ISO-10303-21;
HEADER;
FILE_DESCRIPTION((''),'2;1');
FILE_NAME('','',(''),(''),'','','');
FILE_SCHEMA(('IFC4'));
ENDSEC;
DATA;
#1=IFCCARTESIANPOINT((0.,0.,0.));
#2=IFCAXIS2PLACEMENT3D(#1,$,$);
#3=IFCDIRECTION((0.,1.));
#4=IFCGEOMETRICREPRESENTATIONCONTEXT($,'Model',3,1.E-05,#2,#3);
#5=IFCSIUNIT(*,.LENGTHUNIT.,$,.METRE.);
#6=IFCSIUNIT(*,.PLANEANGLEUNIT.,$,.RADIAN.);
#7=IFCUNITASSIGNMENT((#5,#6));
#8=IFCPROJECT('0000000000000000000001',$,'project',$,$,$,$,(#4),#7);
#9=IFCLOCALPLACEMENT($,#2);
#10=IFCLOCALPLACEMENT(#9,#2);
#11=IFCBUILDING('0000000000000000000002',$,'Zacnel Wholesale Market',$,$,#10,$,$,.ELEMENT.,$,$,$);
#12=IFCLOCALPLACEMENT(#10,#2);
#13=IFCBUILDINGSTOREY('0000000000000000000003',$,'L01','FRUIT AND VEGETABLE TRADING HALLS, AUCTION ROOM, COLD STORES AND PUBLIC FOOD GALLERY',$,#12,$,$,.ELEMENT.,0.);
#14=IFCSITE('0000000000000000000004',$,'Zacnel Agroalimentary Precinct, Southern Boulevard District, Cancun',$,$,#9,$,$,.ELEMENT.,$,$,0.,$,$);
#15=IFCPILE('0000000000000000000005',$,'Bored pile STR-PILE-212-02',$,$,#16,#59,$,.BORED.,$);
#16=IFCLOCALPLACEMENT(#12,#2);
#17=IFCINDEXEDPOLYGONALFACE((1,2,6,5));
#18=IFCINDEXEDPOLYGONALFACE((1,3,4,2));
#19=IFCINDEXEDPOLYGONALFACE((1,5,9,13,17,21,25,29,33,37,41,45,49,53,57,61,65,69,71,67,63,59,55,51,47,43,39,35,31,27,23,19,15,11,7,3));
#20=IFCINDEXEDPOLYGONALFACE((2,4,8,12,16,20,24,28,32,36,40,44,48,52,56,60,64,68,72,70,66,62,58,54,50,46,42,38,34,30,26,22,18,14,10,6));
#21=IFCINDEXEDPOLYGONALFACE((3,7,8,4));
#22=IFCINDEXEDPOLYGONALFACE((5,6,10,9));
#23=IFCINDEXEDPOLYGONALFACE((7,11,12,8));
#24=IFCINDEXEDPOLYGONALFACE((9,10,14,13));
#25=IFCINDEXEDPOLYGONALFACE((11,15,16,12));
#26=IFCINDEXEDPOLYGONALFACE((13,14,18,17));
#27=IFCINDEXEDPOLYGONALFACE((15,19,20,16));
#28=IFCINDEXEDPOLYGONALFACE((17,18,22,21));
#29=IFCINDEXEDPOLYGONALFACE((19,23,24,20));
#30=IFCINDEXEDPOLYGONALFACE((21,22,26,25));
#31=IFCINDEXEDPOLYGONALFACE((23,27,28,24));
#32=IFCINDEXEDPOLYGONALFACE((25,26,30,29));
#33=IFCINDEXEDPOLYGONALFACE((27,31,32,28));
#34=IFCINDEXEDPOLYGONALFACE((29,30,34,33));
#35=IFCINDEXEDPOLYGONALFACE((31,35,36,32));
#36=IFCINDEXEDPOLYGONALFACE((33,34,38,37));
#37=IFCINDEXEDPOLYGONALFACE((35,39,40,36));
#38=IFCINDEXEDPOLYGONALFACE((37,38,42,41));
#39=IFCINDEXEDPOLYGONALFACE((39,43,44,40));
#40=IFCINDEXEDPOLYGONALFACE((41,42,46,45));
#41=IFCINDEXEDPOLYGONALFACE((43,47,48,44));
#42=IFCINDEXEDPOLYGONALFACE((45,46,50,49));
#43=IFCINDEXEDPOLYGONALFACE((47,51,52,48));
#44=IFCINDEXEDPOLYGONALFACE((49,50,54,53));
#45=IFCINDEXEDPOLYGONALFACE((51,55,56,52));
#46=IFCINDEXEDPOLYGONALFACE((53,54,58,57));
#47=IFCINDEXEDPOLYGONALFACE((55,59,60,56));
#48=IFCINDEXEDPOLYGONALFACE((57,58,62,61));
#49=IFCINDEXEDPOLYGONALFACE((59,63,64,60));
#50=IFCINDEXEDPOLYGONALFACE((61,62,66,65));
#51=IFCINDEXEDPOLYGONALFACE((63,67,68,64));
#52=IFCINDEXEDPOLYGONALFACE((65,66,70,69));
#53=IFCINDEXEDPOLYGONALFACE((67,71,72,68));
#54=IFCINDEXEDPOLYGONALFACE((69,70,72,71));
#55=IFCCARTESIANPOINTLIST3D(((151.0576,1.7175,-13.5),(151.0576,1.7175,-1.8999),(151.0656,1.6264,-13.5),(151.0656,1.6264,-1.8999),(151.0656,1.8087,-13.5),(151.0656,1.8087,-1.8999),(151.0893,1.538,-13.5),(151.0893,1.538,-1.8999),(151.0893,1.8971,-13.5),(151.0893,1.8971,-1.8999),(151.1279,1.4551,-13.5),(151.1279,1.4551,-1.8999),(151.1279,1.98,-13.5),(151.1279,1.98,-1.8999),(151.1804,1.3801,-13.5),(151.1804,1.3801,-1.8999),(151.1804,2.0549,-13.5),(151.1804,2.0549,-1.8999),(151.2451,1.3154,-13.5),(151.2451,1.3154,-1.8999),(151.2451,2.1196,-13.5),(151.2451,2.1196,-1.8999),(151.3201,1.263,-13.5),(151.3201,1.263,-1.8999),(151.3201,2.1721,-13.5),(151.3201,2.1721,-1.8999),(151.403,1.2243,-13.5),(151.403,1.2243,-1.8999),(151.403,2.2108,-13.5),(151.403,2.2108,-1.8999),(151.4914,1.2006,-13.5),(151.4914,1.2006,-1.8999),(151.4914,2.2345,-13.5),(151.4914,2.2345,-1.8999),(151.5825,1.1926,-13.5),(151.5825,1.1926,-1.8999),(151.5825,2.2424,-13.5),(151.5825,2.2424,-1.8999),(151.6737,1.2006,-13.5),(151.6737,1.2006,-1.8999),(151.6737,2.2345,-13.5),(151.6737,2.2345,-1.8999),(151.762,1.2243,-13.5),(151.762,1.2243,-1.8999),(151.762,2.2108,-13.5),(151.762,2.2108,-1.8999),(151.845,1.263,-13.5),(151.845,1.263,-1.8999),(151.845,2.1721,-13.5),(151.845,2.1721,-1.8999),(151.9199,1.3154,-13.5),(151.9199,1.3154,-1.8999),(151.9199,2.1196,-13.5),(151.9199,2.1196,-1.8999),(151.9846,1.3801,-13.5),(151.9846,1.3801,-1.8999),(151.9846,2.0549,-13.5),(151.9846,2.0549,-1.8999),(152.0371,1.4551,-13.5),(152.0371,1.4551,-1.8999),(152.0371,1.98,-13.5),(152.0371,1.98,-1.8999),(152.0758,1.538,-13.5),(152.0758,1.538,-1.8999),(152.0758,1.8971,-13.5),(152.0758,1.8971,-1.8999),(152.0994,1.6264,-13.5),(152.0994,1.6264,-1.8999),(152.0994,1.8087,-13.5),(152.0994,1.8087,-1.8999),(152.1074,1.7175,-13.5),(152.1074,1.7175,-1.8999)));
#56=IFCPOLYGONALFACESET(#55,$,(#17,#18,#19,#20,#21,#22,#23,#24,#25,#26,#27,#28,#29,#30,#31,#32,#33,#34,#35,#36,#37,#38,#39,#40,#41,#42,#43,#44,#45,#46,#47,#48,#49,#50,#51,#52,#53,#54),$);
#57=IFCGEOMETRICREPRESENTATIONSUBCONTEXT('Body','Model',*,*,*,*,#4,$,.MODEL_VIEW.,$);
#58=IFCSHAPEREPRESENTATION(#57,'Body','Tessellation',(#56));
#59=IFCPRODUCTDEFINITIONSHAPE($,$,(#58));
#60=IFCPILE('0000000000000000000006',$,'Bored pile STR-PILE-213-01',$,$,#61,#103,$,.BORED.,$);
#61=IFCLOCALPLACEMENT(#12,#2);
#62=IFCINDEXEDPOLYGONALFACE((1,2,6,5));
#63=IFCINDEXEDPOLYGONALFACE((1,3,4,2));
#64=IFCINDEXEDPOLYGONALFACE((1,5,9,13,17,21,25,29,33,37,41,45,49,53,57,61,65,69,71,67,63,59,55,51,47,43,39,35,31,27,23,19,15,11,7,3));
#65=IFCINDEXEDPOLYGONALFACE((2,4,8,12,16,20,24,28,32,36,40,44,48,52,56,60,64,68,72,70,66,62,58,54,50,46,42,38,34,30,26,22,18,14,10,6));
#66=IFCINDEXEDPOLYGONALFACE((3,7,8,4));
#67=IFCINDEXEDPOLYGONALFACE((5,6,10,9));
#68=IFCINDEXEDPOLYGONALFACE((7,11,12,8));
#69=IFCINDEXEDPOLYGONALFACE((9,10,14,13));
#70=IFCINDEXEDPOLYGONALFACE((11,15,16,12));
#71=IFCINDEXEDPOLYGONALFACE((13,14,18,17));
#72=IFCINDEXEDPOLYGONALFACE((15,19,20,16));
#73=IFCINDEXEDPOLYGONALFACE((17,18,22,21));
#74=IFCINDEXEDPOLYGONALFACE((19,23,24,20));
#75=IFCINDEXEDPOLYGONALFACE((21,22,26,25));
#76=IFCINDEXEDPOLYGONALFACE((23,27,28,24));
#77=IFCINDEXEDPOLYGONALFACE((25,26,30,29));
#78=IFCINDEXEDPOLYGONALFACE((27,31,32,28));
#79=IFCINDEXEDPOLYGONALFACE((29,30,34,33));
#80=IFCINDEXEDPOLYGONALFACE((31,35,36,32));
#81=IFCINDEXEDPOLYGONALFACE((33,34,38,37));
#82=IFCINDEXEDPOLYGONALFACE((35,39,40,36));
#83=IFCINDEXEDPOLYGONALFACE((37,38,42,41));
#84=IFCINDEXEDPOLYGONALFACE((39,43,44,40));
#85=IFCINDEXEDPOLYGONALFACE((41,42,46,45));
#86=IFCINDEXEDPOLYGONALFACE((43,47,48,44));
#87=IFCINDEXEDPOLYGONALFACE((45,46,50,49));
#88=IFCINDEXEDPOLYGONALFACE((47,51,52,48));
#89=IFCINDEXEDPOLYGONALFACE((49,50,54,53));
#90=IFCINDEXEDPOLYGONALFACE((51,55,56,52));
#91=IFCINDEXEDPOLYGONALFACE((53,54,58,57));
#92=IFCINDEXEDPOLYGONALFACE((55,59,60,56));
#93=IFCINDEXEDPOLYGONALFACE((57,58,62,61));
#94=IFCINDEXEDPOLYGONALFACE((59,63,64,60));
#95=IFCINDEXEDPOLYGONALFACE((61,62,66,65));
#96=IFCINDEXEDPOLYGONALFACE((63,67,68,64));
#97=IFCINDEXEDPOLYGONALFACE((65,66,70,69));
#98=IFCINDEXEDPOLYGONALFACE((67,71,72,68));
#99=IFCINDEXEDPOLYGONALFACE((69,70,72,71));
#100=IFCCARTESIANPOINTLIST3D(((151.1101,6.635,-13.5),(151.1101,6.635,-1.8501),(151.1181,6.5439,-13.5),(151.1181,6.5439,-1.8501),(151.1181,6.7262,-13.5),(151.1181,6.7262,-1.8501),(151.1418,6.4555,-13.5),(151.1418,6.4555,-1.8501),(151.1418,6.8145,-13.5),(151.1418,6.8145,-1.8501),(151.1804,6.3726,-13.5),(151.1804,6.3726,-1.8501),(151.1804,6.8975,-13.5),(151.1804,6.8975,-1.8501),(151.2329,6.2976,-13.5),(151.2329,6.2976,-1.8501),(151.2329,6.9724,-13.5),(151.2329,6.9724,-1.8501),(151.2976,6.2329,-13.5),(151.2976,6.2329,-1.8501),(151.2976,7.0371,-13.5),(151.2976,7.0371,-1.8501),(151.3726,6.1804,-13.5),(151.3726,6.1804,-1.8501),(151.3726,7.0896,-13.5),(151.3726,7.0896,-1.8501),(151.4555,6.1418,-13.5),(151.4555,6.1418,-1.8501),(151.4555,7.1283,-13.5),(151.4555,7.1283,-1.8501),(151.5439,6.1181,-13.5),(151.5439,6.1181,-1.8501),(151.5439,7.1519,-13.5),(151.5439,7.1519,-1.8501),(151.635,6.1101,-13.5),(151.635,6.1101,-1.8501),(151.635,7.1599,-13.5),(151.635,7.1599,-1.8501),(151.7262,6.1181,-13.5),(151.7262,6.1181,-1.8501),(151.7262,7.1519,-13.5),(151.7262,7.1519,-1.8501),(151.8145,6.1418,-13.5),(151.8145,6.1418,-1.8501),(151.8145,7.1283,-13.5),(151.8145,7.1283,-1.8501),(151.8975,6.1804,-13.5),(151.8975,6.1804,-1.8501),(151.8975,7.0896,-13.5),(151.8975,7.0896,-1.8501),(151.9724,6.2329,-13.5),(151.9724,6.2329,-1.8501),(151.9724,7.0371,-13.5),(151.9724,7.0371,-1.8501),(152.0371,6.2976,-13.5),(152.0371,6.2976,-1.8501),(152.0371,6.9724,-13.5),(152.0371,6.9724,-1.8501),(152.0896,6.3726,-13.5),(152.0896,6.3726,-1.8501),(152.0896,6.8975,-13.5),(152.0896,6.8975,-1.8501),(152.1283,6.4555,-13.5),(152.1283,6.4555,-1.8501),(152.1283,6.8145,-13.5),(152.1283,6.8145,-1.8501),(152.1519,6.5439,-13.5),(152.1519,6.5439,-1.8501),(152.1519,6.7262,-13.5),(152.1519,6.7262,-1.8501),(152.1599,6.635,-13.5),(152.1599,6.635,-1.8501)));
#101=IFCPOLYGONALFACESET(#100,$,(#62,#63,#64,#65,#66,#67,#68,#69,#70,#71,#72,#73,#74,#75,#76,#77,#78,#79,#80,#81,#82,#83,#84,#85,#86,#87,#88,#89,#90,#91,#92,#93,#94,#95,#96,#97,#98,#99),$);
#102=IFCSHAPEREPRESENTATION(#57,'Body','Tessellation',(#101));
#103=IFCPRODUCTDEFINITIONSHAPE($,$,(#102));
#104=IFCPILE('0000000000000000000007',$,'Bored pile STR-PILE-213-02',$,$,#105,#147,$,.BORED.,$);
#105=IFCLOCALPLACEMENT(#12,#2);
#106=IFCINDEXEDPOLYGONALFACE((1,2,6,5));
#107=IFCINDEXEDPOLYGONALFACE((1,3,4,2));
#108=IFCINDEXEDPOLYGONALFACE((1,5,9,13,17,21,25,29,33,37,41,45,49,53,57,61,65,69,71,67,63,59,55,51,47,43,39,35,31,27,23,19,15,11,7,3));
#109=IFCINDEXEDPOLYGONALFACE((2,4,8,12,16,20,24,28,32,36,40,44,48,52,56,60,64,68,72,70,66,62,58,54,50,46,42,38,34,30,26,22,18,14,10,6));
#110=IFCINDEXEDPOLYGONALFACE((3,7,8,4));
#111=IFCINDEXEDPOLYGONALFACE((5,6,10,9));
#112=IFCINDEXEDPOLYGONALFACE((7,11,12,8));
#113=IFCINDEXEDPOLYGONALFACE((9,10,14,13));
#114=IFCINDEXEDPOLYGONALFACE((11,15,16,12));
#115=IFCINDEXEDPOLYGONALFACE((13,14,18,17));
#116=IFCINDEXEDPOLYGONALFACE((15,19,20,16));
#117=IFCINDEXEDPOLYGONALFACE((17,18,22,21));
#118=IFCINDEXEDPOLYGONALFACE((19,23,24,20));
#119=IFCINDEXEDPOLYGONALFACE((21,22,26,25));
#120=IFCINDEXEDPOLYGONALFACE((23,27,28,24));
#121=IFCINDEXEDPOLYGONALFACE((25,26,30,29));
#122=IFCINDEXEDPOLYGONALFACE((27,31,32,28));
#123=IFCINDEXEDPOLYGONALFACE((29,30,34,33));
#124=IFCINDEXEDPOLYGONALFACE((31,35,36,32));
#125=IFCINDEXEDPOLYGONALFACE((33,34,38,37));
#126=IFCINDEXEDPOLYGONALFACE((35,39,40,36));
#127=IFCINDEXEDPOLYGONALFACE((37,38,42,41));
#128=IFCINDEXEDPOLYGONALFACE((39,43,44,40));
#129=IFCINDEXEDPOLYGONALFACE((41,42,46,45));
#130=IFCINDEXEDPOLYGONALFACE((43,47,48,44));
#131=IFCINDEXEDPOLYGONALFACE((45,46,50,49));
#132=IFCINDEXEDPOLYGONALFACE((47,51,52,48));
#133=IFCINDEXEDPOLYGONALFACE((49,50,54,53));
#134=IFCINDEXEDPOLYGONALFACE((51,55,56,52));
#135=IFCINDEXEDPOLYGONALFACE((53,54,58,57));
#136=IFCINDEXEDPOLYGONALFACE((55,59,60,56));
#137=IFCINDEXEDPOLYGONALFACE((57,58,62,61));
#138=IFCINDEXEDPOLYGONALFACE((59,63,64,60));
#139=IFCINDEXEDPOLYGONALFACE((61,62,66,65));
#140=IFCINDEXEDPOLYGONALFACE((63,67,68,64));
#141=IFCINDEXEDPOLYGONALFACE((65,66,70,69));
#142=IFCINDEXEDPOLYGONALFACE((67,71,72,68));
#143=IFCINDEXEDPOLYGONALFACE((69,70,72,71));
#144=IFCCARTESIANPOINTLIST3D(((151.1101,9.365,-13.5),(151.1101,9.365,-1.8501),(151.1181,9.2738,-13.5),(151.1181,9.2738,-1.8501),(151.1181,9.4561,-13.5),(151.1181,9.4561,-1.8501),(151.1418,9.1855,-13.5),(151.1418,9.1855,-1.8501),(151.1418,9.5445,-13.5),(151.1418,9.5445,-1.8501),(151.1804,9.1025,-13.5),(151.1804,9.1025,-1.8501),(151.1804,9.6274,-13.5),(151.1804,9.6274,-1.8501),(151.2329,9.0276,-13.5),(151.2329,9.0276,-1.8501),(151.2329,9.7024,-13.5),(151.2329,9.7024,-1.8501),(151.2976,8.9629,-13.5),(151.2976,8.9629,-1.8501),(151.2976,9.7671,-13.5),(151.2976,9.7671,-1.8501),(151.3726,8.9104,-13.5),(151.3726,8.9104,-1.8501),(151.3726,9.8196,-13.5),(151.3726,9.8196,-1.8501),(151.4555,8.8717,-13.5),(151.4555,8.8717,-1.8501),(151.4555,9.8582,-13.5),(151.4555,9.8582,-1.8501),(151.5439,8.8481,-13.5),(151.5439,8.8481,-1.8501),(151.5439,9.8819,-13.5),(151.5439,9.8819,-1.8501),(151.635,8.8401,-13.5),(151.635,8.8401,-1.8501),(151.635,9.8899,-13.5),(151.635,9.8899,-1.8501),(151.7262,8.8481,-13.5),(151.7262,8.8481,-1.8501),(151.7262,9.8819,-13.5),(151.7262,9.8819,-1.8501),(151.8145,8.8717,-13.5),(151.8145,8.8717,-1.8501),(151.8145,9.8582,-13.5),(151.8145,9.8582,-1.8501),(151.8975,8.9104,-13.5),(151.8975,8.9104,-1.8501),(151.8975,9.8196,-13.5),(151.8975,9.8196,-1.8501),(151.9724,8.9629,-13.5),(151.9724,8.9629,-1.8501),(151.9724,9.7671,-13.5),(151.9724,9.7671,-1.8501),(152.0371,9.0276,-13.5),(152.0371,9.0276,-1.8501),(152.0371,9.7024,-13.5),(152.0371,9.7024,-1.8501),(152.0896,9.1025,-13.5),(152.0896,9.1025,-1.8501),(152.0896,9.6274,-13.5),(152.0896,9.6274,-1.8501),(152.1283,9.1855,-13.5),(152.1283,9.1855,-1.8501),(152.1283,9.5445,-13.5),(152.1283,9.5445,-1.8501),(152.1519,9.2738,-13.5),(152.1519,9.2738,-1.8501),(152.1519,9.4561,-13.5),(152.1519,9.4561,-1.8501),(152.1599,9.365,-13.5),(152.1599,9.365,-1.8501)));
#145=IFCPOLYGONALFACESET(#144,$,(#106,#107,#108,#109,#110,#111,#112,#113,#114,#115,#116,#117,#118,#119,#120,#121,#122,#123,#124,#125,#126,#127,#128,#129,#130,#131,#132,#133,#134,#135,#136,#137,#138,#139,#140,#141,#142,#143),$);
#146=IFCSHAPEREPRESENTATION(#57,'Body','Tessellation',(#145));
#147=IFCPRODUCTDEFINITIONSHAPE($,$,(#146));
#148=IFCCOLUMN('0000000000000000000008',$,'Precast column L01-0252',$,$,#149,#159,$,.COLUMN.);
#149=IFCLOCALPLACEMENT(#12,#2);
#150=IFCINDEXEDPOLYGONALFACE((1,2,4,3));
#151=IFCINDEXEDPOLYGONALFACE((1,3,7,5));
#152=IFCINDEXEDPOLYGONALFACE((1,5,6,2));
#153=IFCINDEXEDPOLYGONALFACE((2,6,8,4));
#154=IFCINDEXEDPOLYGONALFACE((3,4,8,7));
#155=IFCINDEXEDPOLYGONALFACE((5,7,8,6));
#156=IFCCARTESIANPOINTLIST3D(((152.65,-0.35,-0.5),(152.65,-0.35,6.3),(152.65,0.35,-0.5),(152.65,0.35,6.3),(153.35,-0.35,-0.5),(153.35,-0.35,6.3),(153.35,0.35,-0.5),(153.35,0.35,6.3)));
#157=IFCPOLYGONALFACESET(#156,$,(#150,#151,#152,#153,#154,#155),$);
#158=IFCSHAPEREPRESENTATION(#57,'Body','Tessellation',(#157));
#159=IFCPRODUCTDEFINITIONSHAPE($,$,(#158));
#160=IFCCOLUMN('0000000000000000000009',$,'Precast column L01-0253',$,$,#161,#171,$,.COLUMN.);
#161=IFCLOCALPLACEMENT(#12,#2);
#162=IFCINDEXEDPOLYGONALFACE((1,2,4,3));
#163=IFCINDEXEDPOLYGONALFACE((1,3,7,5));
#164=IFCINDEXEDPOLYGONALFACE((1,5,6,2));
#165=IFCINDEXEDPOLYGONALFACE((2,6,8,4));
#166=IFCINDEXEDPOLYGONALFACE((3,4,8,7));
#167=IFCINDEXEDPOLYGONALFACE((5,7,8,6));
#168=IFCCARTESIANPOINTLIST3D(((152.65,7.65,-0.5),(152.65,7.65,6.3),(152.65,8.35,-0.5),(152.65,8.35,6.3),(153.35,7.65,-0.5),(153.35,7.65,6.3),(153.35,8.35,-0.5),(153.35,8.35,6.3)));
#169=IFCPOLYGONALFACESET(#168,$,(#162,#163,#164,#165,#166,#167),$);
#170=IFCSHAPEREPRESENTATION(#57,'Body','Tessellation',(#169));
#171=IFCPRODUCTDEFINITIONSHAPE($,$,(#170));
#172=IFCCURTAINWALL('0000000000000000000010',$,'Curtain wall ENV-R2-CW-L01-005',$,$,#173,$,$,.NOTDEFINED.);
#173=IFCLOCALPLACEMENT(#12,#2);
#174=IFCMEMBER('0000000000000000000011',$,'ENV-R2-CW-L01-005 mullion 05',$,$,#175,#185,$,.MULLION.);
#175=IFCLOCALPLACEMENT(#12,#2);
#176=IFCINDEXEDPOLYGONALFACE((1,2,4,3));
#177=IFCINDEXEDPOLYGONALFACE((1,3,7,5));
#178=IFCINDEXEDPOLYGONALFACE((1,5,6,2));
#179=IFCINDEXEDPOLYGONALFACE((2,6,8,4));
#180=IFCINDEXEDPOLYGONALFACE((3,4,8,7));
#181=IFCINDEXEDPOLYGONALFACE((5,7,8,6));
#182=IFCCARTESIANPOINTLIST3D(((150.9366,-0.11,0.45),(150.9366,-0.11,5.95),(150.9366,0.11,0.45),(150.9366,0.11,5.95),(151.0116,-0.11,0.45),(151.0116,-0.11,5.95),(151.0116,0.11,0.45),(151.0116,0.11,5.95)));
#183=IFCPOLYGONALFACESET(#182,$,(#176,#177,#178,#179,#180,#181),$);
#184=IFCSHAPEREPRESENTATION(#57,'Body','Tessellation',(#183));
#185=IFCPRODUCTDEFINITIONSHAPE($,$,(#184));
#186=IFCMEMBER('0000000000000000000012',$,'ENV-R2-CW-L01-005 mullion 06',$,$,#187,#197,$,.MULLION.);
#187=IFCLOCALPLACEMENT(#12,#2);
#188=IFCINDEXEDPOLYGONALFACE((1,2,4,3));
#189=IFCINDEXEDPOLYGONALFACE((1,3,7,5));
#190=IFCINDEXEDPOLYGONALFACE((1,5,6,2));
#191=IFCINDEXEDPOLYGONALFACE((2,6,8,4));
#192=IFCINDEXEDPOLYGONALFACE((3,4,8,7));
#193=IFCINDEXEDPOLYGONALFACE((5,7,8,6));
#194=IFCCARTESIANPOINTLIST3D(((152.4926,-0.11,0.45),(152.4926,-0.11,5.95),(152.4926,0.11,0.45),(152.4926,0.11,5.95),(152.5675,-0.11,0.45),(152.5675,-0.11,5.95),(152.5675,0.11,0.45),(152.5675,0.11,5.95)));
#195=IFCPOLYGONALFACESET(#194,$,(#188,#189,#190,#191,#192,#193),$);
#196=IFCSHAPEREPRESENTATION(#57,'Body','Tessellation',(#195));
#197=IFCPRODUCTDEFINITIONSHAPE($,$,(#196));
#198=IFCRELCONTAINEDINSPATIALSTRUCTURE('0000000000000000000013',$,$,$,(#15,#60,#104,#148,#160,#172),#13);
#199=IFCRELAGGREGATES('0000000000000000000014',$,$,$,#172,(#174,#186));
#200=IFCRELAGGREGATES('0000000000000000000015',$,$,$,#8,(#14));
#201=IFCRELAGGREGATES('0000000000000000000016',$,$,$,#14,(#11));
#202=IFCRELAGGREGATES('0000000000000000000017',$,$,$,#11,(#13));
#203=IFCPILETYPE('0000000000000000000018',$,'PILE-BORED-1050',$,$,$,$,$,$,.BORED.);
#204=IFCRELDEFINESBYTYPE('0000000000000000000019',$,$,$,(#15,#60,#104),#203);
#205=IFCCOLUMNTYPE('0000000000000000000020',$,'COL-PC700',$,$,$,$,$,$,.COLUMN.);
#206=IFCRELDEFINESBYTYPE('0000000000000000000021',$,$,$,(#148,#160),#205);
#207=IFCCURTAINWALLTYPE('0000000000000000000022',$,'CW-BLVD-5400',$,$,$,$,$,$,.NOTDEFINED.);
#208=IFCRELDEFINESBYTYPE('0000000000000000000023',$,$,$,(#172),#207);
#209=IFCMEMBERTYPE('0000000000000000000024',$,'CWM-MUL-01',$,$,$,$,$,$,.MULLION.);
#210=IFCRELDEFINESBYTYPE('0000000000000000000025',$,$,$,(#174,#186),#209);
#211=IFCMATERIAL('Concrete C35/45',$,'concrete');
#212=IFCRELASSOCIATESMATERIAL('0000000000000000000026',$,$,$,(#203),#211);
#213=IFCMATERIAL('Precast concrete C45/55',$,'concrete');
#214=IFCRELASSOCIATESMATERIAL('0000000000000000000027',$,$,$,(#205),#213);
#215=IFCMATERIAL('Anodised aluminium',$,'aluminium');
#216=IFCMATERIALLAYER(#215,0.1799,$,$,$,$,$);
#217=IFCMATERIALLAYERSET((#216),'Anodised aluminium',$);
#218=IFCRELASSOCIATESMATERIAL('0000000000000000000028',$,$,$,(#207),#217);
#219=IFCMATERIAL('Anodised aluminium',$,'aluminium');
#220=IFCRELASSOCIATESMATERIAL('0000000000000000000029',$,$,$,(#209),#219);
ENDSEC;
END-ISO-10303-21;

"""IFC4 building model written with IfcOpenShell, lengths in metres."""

from ifc_helpers import new_model, si_unit, direction, frame, origin, origin_2d, place, context, subcontext, project, spatial, rectangle, circle, extrude, material, layer, layer_set, material_profile, profile_set, type_object, element, aggregate, save


model = new_model("IFC4")

# Units and contexts
model_context = context("Model", 3, precision=1e-05, world=origin(), true_north=direction((0.0, 1.0)))
body_context = subcontext(model_context, "Body", "Model", "MODEL_VIEW")
ifc_project = project(units=[si_unit("LENGTHUNIT", "METRE"), si_unit("PLANEANGLEUNIT", "RADIAN")], contexts=[model_context])

# Site, building, storey
site_placement = place(None, origin())
site = spatial("IfcSite", under=ifc_project, at=site_placement, Name="Zacnel Agroalimentary Precinct, Southern Boulevard District, Cancun", CompositionType="ELEMENT", RefElevation=0.0)
building_placement = place(site_placement, origin())
building = spatial("IfcBuilding", under=site, at=building_placement, Name="Zacnel Wholesale Market", CompositionType="ELEMENT")
storey_placement = place(building_placement, origin())
storey = spatial("IfcBuildingStorey", under=building, at=storey_placement, Name="L01", Description="FRUIT AND VEGETABLE TRADING HALLS, AUCTION ROOM, COLD STORES AND PUBLIC FOOD GALLERY", CompositionType="ELEMENT", Elevation=0.0)

# Piles
ifc_material_1 = material(Name="Concrete C35/45", Category="concrete")
ifc_material_profile_1 = material_profile(ifc_material_1, circle(Radius=0.5249, at=origin_2d()), Name="BORED PILE D1050")
ifc_profile_set_1 = profile_set([ifc_material_profile_1], Name="Concrete C35/45")
pile_type = type_object("IfcPileType", Name="PILE-BORED-1050", PredefinedType="BORED", material=ifc_profile_set_1)
for number, where, z_axis, x_axis, name in (
    (1, (151.5825, 1.7175, -1.8999), (0.0, 0.0, -1.0), (1.0, 0.0, 0.0), "Bored pile STR-PILE-212-02"),
):
    element("IfcPile", number, at=place(storey_placement, frame(where, z_axis=z_axis, x_axis=x_axis)), inside=storey, type_object=pile_type, Name=name, PredefinedType="BORED", context=body_context, shape_type="SweptSolid", body=[
        extrude(circle(Radius=0.5249, at=origin_2d()), origin(), (0.0, 0.0, 1.0), 11.6001),
    ])
for number, where, z_axis, x_axis, name in (
    (2, (151.635, 6.635, -1.8501), (0.0, 0.0, -1.0), (1.0, 0.0, 0.0), "Bored pile STR-PILE-213-01"),
    (3, (151.635, 9.365, -1.8501), (0.0, 0.0, -1.0), (1.0, 0.0, 0.0), "Bored pile STR-PILE-213-02"),
):
    element("IfcPile", number, at=place(storey_placement, frame(where, z_axis=z_axis, x_axis=x_axis)), inside=storey, type_object=pile_type, Name=name, PredefinedType="BORED", context=body_context, shape_type="SweptSolid", body=[
        extrude(circle(Radius=0.5249, at=origin_2d()), origin(), (0.0, 0.0, 1.0), 11.6499),
    ])

# Columns
ifc_material_2 = material(Name="Precast concrete C45/55", Category="concrete")
ifc_material_profile_2 = material_profile(ifc_material_2, rectangle(XDim=0.7, YDim=0.7, at=origin_2d()), Name="PC 700x700")
ifc_profile_set_2 = profile_set([ifc_material_profile_2], Name="Precast concrete C45/55")
column_type = type_object("IfcColumnType", Name="COL-PC700", PredefinedType="COLUMN", material=ifc_profile_set_2)
for number, where, z_axis, x_axis, name in (
    (4, (153.0, 0.0, -0.5), (0.0, 0.0, 1.0), (1.0, 0.0, 0.0), "Precast column L01-0252"),
    (5, (153.0, 8.0, -0.5), (0.0, 0.0, 1.0), (1.0, 0.0, 0.0), "Precast column L01-0253"),
):
    element("IfcColumn", number, at=place(storey_placement, frame(where, z_axis=z_axis, x_axis=x_axis)), inside=storey, type_object=column_type, Name=name, PredefinedType="COLUMN", context=body_context, shape_type="SweptSolid", body=[
        extrude(rectangle(XDim=0.7, YDim=0.7, at=origin_2d()), origin(), (0.0, 0.0, 1.0), 6.8),
    ])

# Curtain wall, members
ifc_material_3 = material(Name="Anodised aluminium", Category="aluminium")
ifc_layer_1 = layer(ifc_material_3, 0.1799)
ifc_layer_set_1 = layer_set([ifc_layer_1], Name="Anodised aluminium")
curtain_wall_type = type_object("IfcCurtainWallType", Name="CW-BLVD-5400", PredefinedType="NOTDEFINED", material=ifc_layer_set_1)
curtain_wall_placement = place(storey_placement, origin())
curtain_wall = element("IfcCurtainWall", 6, at=curtain_wall_placement, inside=storey, type_object=curtain_wall_type, Name="Curtain wall ENV-R2-CW-L01-005", PredefinedType="NOTDEFINED")
ifc_material_4 = material(Name="Anodised aluminium", Category="aluminium")
ifc_material_profile_3 = material_profile(ifc_material_4, rectangle(XDim=0.075, YDim=0.22, at=origin_2d()), Name="AW-MULLION 75x220")
ifc_profile_set_3 = profile_set([ifc_material_profile_3], Name="Anodised aluminium")
member_type_1 = type_object("IfcMemberType", Name="CWM-MUL-01", PredefinedType="MULLION", material=ifc_profile_set_3)
member_1_placement = place(storey_placement, frame((150.9741, 0.0, 0.45), z_axis=(0.0, 0.0, 1.0), x_axis=(1.0, 0.0, 0.0)))
member_1 = element("IfcMember", 7, at=member_1_placement, type_object=member_type_1, Name="ENV-R2-CW-L01-005 mullion 05", PredefinedType="MULLION", context=body_context, shape_type="SweptSolid", body=[
    extrude(rectangle(XDim=0.075, YDim=0.22, at=origin_2d()), origin(), (0.0, 0.0, 1.0), 5.5),
])
member_2_placement = place(storey_placement, frame((152.53, 0.0, 0.45), z_axis=(0.0, 0.0, 1.0), x_axis=(1.0, 0.0, 0.0)))
member_2 = element("IfcMember", 8, at=member_2_placement, type_object=member_type_1, Name="ENV-R2-CW-L01-005 mullion 06", PredefinedType="MULLION", context=body_context, shape_type="SweptSolid", body=[
    extrude(rectangle(XDim=0.075, YDim=0.22, at=origin_2d()), origin(), (0.0, 0.0, 1.0), 5.5),
])
aggregate(curtain_wall, [member_1, member_2])

save(model, "model.ifc")
